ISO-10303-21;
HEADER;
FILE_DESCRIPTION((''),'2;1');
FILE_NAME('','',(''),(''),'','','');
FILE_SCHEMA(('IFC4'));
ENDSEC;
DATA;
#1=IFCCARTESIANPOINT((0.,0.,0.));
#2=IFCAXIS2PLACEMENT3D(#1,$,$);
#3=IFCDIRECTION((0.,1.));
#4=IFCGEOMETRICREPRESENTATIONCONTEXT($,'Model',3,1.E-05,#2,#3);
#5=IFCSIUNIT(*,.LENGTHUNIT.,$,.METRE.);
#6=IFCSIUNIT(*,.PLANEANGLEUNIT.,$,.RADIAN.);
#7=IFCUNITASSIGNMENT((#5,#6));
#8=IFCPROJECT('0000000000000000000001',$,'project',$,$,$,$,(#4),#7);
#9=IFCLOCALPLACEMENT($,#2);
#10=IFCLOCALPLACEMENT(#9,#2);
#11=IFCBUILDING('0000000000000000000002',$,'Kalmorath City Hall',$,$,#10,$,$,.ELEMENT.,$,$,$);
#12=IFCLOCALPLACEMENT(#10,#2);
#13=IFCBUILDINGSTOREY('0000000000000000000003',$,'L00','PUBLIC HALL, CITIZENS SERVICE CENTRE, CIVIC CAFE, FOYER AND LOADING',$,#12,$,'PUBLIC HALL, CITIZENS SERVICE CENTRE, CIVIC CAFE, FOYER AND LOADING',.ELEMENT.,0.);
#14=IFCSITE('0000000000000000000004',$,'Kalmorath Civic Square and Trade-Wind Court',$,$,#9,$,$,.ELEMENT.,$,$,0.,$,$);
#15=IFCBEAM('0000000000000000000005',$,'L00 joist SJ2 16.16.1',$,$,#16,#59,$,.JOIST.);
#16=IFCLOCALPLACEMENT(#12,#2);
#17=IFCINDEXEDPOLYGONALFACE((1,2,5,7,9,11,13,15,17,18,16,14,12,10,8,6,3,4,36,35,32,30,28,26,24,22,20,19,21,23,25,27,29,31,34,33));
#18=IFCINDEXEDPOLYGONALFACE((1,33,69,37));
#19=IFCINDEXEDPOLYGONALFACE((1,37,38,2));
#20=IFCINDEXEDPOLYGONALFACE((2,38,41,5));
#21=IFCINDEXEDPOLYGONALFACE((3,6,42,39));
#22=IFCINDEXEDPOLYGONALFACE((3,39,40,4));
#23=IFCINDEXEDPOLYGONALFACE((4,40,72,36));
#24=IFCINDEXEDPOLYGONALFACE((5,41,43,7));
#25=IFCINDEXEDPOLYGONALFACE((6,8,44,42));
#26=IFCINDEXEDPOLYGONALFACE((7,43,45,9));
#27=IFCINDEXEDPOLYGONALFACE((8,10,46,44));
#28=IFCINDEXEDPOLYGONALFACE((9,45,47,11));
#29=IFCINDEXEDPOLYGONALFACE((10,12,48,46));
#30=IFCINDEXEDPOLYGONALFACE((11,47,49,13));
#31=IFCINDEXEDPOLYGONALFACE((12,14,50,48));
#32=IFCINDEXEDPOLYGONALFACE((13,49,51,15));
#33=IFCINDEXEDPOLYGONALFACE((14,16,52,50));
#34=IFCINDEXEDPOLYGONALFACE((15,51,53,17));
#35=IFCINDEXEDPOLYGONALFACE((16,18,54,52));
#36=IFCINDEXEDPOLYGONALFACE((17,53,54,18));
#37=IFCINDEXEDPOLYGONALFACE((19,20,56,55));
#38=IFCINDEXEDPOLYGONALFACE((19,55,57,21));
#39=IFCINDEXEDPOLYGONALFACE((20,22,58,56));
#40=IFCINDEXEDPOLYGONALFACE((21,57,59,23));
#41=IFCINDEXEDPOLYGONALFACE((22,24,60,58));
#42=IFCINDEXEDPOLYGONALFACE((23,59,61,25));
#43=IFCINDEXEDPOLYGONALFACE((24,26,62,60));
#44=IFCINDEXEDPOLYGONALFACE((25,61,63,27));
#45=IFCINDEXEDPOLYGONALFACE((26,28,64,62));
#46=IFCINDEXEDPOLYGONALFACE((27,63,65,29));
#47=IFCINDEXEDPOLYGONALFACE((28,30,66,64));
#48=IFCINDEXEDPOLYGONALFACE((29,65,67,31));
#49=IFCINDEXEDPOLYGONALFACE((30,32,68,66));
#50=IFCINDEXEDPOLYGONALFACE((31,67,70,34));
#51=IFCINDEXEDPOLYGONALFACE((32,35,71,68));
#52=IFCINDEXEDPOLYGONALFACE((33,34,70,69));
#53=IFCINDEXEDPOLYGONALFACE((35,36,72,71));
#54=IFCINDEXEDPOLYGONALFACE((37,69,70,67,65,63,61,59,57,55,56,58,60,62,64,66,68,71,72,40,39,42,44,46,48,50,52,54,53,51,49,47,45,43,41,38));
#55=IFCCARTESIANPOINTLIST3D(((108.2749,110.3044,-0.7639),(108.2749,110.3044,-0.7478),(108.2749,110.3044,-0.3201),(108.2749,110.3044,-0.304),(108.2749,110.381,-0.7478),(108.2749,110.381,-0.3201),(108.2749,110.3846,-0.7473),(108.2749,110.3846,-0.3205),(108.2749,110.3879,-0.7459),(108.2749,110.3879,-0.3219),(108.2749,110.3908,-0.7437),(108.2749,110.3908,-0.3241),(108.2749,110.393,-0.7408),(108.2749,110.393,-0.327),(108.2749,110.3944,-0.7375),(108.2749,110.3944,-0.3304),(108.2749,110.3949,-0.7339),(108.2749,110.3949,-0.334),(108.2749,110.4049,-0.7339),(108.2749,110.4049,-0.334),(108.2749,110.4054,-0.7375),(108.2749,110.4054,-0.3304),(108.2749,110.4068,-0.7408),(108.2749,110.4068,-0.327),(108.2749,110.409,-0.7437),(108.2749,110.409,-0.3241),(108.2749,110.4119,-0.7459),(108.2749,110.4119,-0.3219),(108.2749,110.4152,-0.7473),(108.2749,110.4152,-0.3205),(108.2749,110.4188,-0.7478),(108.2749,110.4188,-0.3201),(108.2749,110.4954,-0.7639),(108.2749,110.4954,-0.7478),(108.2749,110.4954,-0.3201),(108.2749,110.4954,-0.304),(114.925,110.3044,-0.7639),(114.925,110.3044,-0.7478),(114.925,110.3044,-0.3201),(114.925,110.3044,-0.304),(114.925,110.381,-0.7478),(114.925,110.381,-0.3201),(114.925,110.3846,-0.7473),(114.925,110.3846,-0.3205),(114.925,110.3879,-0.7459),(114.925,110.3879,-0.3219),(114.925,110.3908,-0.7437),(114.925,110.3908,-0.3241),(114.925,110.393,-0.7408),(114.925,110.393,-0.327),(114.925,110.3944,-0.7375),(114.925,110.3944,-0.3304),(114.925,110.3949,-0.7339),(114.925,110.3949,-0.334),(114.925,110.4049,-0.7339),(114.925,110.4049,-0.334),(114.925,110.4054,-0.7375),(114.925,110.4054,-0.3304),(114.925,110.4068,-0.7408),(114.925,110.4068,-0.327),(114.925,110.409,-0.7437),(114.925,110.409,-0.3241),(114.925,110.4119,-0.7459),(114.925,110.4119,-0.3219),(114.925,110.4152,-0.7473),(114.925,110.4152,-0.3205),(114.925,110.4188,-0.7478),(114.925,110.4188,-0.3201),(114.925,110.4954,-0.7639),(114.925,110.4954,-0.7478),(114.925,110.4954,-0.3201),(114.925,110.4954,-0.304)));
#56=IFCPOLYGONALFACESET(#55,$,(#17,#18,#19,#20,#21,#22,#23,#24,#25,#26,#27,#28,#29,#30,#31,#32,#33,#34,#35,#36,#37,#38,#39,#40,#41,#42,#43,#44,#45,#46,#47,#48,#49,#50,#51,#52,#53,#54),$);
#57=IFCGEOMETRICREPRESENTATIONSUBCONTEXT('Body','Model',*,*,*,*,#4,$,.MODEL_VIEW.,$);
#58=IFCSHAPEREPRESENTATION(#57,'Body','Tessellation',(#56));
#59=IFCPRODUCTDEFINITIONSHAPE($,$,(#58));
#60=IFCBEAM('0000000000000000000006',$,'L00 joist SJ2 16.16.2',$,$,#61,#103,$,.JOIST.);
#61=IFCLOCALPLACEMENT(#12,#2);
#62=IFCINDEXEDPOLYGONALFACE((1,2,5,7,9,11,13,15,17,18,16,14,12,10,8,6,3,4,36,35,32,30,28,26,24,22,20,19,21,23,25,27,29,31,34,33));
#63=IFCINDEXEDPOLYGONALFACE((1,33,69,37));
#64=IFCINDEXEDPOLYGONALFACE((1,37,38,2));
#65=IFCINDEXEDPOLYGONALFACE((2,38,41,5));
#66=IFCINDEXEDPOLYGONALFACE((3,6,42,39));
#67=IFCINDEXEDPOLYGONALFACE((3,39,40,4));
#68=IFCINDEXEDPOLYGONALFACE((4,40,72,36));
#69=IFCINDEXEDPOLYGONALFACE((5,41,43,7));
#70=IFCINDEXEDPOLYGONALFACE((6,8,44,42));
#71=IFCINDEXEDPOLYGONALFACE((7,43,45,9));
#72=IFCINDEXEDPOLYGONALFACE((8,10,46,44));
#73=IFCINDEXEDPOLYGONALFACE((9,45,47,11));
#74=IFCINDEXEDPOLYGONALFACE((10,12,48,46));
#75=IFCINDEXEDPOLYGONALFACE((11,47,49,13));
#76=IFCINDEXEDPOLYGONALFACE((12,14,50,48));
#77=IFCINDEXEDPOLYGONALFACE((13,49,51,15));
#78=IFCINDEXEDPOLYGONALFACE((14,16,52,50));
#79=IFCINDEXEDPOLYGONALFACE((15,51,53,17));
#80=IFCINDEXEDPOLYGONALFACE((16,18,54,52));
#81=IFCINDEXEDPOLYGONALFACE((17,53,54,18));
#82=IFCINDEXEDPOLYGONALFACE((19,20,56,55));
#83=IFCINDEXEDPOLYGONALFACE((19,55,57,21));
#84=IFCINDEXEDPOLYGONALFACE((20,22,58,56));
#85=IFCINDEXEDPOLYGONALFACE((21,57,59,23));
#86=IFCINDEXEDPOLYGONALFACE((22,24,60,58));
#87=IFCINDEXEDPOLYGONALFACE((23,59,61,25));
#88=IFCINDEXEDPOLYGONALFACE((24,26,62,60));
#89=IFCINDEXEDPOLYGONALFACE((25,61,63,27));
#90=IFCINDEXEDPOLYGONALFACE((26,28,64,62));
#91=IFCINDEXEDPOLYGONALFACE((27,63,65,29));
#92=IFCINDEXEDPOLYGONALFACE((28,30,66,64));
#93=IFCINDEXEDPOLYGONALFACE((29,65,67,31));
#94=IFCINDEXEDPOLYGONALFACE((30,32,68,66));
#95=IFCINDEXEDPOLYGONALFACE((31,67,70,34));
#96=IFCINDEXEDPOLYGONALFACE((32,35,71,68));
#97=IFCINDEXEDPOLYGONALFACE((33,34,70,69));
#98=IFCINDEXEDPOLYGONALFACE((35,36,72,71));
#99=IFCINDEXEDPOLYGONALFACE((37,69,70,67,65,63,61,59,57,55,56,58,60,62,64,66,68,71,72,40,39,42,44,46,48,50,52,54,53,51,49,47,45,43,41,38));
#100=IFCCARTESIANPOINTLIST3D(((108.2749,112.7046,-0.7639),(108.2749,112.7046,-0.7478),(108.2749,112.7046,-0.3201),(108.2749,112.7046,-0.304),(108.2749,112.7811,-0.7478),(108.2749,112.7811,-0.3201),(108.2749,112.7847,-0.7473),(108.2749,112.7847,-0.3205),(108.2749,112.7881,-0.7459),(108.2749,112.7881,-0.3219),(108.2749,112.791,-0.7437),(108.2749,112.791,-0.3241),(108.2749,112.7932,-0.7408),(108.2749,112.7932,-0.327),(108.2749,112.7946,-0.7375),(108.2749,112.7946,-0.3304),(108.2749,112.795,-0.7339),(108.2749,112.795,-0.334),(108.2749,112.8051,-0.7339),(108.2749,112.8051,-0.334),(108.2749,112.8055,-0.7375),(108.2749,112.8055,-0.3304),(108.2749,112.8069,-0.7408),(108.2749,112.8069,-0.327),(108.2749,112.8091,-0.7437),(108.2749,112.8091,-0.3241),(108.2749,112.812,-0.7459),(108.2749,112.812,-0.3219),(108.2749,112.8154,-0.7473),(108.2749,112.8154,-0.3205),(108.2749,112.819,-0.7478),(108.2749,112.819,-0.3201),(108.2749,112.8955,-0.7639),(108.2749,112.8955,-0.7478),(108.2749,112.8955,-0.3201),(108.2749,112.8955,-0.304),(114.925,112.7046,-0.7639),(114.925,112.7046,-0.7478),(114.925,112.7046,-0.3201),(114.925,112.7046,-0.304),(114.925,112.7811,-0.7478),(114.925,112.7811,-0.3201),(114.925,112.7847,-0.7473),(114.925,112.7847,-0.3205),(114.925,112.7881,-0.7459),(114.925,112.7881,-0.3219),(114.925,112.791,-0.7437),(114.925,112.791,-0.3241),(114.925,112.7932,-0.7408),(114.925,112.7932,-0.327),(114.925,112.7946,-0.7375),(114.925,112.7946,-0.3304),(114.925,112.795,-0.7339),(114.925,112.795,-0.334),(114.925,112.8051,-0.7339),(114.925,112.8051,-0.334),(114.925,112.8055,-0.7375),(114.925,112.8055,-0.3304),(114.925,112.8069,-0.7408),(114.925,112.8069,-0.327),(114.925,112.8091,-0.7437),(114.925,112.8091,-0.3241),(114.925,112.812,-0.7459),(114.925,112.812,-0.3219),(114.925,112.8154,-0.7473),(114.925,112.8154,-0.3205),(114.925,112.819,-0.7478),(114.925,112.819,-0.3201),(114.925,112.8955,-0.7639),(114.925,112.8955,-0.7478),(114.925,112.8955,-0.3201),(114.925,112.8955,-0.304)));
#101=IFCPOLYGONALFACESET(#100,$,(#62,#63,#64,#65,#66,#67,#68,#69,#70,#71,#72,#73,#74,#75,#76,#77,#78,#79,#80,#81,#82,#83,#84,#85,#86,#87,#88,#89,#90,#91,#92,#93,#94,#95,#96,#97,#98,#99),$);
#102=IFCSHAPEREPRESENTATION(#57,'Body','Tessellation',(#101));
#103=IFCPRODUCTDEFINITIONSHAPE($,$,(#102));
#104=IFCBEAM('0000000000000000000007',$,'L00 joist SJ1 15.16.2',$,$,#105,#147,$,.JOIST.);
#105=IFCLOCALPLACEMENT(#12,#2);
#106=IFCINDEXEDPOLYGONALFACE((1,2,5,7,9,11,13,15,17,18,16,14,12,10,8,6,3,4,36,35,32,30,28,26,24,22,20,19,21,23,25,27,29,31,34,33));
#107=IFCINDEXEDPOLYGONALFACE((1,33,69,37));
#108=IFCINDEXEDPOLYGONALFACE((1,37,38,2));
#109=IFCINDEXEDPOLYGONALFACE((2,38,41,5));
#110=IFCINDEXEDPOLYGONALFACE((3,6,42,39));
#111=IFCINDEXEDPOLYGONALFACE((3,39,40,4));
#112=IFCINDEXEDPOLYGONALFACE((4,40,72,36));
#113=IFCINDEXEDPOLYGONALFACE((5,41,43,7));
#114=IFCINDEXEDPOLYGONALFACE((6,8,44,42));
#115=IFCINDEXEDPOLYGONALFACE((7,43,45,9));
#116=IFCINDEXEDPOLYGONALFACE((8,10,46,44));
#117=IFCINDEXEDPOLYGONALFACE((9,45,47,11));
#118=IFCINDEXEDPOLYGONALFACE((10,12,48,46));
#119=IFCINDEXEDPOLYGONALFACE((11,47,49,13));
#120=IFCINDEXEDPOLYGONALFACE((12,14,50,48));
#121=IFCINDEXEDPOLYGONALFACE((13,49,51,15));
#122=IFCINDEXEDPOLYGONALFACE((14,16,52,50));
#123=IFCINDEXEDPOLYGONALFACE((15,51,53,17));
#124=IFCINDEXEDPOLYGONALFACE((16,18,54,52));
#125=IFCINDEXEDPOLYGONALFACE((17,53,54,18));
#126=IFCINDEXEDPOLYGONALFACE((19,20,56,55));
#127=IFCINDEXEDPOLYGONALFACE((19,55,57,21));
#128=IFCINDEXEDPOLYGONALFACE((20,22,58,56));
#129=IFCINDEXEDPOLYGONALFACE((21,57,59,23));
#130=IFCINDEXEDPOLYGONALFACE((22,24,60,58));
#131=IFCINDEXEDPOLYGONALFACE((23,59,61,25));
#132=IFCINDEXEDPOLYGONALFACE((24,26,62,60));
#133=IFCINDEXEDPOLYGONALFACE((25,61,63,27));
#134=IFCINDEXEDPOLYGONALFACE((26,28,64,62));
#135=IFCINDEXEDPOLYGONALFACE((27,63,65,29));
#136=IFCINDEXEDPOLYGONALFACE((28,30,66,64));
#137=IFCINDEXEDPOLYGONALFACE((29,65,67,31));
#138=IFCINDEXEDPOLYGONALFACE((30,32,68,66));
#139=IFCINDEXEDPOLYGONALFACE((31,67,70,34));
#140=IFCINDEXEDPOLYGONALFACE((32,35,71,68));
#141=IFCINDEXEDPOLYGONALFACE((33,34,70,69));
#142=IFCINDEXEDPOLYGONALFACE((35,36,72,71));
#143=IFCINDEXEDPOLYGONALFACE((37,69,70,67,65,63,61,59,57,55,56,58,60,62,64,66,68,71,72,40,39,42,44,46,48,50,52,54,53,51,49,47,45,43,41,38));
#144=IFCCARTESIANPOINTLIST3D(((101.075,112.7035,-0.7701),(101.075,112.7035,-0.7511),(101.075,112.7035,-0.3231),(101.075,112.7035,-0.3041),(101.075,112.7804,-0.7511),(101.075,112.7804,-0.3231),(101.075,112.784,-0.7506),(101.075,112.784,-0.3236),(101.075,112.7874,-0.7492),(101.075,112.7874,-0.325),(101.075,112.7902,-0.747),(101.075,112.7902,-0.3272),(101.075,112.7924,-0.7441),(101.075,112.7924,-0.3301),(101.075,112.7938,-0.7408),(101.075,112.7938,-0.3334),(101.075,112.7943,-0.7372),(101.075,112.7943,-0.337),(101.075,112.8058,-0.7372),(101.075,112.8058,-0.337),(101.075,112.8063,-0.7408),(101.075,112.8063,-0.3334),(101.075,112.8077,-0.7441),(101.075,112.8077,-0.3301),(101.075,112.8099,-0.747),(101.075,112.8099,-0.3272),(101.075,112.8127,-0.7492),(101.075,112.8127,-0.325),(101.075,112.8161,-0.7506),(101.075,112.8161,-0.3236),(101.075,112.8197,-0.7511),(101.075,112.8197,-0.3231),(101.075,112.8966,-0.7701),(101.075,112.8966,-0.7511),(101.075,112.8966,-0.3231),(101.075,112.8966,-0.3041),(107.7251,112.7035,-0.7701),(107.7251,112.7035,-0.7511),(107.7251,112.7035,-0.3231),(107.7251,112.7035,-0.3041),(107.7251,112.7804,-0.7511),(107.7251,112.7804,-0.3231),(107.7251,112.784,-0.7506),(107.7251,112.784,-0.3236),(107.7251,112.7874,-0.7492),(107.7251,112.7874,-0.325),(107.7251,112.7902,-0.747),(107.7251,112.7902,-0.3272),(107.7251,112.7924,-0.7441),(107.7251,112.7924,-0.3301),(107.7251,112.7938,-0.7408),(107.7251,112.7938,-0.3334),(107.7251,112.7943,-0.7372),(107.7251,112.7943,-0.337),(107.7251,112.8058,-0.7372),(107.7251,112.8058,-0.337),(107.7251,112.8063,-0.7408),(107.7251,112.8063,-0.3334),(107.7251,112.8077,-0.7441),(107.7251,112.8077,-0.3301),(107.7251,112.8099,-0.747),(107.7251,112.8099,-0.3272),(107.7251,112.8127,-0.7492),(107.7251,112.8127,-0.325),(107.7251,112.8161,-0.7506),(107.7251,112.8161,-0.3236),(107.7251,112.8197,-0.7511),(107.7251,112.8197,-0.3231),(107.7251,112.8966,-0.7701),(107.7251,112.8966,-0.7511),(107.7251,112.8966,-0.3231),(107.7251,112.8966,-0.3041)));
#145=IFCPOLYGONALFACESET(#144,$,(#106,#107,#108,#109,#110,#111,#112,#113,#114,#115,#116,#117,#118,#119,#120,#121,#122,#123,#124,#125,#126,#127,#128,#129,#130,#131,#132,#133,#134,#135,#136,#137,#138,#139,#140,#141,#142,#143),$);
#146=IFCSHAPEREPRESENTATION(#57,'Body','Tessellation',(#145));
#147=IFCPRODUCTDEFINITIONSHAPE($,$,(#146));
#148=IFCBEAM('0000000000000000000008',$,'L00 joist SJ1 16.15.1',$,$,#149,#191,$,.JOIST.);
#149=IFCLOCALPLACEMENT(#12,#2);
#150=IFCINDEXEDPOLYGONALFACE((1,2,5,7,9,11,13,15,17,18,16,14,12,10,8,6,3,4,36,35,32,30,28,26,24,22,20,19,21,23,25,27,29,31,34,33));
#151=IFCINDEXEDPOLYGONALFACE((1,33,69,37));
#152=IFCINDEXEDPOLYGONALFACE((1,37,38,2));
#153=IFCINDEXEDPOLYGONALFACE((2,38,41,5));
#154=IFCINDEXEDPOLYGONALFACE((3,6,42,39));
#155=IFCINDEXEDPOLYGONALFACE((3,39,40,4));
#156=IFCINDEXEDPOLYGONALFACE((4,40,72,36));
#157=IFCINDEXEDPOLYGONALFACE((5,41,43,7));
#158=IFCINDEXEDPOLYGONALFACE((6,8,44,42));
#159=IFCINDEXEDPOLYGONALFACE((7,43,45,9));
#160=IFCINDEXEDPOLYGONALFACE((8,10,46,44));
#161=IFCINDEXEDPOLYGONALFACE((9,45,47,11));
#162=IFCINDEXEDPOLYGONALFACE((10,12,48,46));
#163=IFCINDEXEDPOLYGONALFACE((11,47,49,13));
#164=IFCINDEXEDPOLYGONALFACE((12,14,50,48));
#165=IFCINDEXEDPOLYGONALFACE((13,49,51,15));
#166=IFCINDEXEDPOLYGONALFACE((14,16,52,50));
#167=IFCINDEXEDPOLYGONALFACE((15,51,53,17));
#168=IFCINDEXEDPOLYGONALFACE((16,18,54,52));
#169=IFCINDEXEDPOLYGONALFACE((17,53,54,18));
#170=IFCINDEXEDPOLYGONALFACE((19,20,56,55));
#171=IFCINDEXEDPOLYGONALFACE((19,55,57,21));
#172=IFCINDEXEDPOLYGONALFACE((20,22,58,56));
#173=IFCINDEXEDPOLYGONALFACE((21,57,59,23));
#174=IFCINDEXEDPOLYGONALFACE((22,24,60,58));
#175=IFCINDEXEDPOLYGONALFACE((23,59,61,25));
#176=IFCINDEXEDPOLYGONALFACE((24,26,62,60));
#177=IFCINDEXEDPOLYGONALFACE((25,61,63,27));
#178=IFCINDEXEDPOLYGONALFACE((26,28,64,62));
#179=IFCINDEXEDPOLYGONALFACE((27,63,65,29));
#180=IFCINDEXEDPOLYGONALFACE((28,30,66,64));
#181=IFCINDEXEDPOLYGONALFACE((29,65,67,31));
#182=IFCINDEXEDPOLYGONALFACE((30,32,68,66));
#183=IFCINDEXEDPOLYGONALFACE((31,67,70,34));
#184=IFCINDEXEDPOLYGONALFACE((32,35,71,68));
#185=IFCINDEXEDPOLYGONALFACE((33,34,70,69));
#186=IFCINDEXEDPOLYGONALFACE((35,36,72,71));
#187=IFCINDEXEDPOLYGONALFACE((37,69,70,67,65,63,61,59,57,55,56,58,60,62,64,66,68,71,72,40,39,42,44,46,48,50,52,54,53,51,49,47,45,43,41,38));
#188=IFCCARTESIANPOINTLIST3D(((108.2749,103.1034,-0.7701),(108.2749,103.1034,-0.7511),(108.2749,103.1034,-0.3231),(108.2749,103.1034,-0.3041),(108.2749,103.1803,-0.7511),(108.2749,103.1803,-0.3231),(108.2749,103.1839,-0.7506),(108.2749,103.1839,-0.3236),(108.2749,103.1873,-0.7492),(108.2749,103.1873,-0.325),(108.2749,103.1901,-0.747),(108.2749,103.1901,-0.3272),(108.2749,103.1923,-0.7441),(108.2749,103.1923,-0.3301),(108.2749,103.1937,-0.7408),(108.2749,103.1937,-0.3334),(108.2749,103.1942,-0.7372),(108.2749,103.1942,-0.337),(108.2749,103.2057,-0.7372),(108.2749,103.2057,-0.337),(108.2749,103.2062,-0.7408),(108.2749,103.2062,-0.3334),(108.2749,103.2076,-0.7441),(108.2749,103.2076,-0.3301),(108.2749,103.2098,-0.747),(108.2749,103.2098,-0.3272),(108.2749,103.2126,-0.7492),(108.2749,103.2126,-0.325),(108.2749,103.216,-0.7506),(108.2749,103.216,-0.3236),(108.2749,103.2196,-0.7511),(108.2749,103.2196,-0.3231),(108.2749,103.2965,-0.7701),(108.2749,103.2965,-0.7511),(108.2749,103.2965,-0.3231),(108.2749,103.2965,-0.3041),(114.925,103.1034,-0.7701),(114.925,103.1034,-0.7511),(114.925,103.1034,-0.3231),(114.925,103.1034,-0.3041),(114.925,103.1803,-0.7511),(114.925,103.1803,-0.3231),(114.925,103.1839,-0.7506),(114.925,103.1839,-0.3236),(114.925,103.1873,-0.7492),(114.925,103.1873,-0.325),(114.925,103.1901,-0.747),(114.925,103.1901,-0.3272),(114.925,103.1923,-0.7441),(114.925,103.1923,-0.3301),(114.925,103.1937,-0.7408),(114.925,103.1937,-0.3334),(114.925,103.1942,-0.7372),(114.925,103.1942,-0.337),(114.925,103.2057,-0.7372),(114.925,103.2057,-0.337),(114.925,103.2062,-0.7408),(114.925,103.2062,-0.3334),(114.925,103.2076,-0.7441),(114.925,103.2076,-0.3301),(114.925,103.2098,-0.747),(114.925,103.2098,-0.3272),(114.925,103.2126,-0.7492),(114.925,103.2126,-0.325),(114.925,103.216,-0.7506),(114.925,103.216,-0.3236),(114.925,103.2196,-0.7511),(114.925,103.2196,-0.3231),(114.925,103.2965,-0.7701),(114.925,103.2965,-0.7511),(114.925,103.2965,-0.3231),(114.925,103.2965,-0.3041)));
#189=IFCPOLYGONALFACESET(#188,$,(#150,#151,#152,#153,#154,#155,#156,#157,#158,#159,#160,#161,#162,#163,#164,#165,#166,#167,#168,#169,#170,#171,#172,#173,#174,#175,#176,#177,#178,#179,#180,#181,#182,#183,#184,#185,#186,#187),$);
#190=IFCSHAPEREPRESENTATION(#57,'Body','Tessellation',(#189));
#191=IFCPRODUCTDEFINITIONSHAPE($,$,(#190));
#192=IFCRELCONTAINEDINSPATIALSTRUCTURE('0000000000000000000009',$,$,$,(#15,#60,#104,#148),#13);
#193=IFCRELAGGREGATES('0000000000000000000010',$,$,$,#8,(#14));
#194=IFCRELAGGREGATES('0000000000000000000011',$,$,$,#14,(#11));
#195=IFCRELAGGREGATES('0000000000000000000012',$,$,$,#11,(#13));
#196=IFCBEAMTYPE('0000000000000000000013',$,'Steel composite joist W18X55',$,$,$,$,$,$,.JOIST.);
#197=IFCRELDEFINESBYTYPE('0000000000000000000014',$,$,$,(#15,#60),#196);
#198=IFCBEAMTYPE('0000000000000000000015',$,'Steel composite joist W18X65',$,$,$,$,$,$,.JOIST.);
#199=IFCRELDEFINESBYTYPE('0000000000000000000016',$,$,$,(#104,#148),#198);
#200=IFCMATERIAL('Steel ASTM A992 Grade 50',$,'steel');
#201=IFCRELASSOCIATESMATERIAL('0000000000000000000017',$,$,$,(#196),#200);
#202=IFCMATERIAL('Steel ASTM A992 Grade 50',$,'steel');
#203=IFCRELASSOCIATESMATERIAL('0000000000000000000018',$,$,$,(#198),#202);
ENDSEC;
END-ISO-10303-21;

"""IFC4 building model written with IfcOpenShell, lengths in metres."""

from ifc_helpers import new_model, si_unit, direction, frame, origin, origin_2d, place, context, subcontext, project, spatial, i_section, extrude, material, material_profile, profile_set, type_object, element, save


model = new_model("IFC4")

# Units and contexts
model_context = context("Model", 3, precision=1e-05, world=origin(), true_north=direction((0.0, 1.0)))
body_context = subcontext(model_context, "Body", "Model", "MODEL_VIEW")
ifc_project = project(units=[si_unit("LENGTHUNIT", "METRE"), si_unit("PLANEANGLEUNIT", "RADIAN")], contexts=[model_context])

# Site, building, storey
site_placement = place(None, origin())
site = spatial("IfcSite", under=ifc_project, at=site_placement, Name="Kalmorath Civic Square and Trade-Wind Court", CompositionType="ELEMENT", RefElevation=0.0)
building_placement = place(site_placement, origin())
building = spatial("IfcBuilding", under=site, at=building_placement, Name="Kalmorath City Hall", CompositionType="ELEMENT")
storey_placement = place(building_placement, origin())
storey = spatial("IfcBuildingStorey", under=building, at=storey_placement, Name="L00", Description="PUBLIC HALL, CITIZENS SERVICE CENTRE, CIVIC CAFE, FOYER AND LOADING", LongName="PUBLIC HALL, CITIZENS SERVICE CENTRE, CIVIC CAFE, FOYER AND LOADING", CompositionType="ELEMENT", Elevation=0.0)

# Beams
ifc_material_1 = material(Name="Steel ASTM A992 Grade 50", Category="steel")
ifc_material_profile_1 = material_profile(ifc_material_1, i_section(OverallWidth=0.1909, OverallDepth=0.46, WebThickness=0.01, FlangeThickness=0.0161, FilletRadius=0.0139, at=origin_2d()), Name="W18X55")
ifc_profile_set_1 = profile_set([ifc_material_profile_1], Name="Steel ASTM A992 Grade 50")
beam_type_1 = type_object("IfcBeamType", Name="Steel composite joist W18X55", PredefinedType="JOIST", material=ifc_profile_set_1)
for number, where, z_axis, x_axis, name in (
    (1, (108.2749, 110.3999, -0.5339), (1.0, 0.0, 0.0), (0.0, 1.0, 0.0), "L00 joist SJ2 16.16.1"),
    (2, (108.2749, 112.8, -0.5339), (1.0, 0.0, 0.0), (0.0, 1.0, 0.0), "L00 joist SJ2 16.16.2"),
):
    element("IfcBeam", number, at=place(storey_placement, frame(where, z_axis=z_axis, x_axis=x_axis)), inside=storey, type_object=beam_type_1, Name=name, PredefinedType="JOIST", context=body_context, shape_type="SweptSolid", body=[
        extrude(i_section(OverallWidth=0.1909, OverallDepth=0.46, WebThickness=0.01, FlangeThickness=0.0161, FilletRadius=0.0139, at=origin_2d()), origin(), (0.0, 0.0, 1.0), 6.6501),
    ])
ifc_material_2 = material(Name="Steel ASTM A992 Grade 50", Category="steel")
ifc_material_profile_2 = material_profile(ifc_material_2, i_section(OverallWidth=0.1931, OverallDepth=0.4661, WebThickness=0.0115, FlangeThickness=0.019, FilletRadius=0.0139, at=origin_2d()), Name="W18X65")
ifc_profile_set_2 = profile_set([ifc_material_profile_2], Name="Steel ASTM A992 Grade 50")
beam_type_2 = type_object("IfcBeamType", Name="Steel composite joist W18X65", PredefinedType="JOIST", material=ifc_profile_set_2)
for number, where, z_axis, x_axis, name in (
    (3, (101.075, 112.8, -0.5371), (1.0, 0.0, 0.0), (0.0, 1.0, 0.0), "L00 joist SJ1 15.16.2"),
    (4, (108.2749, 103.2, -0.5371), (1.0, 0.0, 0.0), (0.0, 1.0, 0.0), "L00 joist SJ1 16.15.1"),
):
    element("IfcBeam", number, at=place(storey_placement, frame(where, z_axis=z_axis, x_axis=x_axis)), inside=storey, type_object=beam_type_2, Name=name, PredefinedType="JOIST", context=body_context, shape_type="SweptSolid", body=[
        extrude(i_section(OverallWidth=0.1931, OverallDepth=0.4661, WebThickness=0.0115, FlangeThickness=0.019, FilletRadius=0.0139, at=origin_2d()), origin(), (0.0, 0.0, 1.0), 6.6501),
    ])

save(model, "model.ifc")
